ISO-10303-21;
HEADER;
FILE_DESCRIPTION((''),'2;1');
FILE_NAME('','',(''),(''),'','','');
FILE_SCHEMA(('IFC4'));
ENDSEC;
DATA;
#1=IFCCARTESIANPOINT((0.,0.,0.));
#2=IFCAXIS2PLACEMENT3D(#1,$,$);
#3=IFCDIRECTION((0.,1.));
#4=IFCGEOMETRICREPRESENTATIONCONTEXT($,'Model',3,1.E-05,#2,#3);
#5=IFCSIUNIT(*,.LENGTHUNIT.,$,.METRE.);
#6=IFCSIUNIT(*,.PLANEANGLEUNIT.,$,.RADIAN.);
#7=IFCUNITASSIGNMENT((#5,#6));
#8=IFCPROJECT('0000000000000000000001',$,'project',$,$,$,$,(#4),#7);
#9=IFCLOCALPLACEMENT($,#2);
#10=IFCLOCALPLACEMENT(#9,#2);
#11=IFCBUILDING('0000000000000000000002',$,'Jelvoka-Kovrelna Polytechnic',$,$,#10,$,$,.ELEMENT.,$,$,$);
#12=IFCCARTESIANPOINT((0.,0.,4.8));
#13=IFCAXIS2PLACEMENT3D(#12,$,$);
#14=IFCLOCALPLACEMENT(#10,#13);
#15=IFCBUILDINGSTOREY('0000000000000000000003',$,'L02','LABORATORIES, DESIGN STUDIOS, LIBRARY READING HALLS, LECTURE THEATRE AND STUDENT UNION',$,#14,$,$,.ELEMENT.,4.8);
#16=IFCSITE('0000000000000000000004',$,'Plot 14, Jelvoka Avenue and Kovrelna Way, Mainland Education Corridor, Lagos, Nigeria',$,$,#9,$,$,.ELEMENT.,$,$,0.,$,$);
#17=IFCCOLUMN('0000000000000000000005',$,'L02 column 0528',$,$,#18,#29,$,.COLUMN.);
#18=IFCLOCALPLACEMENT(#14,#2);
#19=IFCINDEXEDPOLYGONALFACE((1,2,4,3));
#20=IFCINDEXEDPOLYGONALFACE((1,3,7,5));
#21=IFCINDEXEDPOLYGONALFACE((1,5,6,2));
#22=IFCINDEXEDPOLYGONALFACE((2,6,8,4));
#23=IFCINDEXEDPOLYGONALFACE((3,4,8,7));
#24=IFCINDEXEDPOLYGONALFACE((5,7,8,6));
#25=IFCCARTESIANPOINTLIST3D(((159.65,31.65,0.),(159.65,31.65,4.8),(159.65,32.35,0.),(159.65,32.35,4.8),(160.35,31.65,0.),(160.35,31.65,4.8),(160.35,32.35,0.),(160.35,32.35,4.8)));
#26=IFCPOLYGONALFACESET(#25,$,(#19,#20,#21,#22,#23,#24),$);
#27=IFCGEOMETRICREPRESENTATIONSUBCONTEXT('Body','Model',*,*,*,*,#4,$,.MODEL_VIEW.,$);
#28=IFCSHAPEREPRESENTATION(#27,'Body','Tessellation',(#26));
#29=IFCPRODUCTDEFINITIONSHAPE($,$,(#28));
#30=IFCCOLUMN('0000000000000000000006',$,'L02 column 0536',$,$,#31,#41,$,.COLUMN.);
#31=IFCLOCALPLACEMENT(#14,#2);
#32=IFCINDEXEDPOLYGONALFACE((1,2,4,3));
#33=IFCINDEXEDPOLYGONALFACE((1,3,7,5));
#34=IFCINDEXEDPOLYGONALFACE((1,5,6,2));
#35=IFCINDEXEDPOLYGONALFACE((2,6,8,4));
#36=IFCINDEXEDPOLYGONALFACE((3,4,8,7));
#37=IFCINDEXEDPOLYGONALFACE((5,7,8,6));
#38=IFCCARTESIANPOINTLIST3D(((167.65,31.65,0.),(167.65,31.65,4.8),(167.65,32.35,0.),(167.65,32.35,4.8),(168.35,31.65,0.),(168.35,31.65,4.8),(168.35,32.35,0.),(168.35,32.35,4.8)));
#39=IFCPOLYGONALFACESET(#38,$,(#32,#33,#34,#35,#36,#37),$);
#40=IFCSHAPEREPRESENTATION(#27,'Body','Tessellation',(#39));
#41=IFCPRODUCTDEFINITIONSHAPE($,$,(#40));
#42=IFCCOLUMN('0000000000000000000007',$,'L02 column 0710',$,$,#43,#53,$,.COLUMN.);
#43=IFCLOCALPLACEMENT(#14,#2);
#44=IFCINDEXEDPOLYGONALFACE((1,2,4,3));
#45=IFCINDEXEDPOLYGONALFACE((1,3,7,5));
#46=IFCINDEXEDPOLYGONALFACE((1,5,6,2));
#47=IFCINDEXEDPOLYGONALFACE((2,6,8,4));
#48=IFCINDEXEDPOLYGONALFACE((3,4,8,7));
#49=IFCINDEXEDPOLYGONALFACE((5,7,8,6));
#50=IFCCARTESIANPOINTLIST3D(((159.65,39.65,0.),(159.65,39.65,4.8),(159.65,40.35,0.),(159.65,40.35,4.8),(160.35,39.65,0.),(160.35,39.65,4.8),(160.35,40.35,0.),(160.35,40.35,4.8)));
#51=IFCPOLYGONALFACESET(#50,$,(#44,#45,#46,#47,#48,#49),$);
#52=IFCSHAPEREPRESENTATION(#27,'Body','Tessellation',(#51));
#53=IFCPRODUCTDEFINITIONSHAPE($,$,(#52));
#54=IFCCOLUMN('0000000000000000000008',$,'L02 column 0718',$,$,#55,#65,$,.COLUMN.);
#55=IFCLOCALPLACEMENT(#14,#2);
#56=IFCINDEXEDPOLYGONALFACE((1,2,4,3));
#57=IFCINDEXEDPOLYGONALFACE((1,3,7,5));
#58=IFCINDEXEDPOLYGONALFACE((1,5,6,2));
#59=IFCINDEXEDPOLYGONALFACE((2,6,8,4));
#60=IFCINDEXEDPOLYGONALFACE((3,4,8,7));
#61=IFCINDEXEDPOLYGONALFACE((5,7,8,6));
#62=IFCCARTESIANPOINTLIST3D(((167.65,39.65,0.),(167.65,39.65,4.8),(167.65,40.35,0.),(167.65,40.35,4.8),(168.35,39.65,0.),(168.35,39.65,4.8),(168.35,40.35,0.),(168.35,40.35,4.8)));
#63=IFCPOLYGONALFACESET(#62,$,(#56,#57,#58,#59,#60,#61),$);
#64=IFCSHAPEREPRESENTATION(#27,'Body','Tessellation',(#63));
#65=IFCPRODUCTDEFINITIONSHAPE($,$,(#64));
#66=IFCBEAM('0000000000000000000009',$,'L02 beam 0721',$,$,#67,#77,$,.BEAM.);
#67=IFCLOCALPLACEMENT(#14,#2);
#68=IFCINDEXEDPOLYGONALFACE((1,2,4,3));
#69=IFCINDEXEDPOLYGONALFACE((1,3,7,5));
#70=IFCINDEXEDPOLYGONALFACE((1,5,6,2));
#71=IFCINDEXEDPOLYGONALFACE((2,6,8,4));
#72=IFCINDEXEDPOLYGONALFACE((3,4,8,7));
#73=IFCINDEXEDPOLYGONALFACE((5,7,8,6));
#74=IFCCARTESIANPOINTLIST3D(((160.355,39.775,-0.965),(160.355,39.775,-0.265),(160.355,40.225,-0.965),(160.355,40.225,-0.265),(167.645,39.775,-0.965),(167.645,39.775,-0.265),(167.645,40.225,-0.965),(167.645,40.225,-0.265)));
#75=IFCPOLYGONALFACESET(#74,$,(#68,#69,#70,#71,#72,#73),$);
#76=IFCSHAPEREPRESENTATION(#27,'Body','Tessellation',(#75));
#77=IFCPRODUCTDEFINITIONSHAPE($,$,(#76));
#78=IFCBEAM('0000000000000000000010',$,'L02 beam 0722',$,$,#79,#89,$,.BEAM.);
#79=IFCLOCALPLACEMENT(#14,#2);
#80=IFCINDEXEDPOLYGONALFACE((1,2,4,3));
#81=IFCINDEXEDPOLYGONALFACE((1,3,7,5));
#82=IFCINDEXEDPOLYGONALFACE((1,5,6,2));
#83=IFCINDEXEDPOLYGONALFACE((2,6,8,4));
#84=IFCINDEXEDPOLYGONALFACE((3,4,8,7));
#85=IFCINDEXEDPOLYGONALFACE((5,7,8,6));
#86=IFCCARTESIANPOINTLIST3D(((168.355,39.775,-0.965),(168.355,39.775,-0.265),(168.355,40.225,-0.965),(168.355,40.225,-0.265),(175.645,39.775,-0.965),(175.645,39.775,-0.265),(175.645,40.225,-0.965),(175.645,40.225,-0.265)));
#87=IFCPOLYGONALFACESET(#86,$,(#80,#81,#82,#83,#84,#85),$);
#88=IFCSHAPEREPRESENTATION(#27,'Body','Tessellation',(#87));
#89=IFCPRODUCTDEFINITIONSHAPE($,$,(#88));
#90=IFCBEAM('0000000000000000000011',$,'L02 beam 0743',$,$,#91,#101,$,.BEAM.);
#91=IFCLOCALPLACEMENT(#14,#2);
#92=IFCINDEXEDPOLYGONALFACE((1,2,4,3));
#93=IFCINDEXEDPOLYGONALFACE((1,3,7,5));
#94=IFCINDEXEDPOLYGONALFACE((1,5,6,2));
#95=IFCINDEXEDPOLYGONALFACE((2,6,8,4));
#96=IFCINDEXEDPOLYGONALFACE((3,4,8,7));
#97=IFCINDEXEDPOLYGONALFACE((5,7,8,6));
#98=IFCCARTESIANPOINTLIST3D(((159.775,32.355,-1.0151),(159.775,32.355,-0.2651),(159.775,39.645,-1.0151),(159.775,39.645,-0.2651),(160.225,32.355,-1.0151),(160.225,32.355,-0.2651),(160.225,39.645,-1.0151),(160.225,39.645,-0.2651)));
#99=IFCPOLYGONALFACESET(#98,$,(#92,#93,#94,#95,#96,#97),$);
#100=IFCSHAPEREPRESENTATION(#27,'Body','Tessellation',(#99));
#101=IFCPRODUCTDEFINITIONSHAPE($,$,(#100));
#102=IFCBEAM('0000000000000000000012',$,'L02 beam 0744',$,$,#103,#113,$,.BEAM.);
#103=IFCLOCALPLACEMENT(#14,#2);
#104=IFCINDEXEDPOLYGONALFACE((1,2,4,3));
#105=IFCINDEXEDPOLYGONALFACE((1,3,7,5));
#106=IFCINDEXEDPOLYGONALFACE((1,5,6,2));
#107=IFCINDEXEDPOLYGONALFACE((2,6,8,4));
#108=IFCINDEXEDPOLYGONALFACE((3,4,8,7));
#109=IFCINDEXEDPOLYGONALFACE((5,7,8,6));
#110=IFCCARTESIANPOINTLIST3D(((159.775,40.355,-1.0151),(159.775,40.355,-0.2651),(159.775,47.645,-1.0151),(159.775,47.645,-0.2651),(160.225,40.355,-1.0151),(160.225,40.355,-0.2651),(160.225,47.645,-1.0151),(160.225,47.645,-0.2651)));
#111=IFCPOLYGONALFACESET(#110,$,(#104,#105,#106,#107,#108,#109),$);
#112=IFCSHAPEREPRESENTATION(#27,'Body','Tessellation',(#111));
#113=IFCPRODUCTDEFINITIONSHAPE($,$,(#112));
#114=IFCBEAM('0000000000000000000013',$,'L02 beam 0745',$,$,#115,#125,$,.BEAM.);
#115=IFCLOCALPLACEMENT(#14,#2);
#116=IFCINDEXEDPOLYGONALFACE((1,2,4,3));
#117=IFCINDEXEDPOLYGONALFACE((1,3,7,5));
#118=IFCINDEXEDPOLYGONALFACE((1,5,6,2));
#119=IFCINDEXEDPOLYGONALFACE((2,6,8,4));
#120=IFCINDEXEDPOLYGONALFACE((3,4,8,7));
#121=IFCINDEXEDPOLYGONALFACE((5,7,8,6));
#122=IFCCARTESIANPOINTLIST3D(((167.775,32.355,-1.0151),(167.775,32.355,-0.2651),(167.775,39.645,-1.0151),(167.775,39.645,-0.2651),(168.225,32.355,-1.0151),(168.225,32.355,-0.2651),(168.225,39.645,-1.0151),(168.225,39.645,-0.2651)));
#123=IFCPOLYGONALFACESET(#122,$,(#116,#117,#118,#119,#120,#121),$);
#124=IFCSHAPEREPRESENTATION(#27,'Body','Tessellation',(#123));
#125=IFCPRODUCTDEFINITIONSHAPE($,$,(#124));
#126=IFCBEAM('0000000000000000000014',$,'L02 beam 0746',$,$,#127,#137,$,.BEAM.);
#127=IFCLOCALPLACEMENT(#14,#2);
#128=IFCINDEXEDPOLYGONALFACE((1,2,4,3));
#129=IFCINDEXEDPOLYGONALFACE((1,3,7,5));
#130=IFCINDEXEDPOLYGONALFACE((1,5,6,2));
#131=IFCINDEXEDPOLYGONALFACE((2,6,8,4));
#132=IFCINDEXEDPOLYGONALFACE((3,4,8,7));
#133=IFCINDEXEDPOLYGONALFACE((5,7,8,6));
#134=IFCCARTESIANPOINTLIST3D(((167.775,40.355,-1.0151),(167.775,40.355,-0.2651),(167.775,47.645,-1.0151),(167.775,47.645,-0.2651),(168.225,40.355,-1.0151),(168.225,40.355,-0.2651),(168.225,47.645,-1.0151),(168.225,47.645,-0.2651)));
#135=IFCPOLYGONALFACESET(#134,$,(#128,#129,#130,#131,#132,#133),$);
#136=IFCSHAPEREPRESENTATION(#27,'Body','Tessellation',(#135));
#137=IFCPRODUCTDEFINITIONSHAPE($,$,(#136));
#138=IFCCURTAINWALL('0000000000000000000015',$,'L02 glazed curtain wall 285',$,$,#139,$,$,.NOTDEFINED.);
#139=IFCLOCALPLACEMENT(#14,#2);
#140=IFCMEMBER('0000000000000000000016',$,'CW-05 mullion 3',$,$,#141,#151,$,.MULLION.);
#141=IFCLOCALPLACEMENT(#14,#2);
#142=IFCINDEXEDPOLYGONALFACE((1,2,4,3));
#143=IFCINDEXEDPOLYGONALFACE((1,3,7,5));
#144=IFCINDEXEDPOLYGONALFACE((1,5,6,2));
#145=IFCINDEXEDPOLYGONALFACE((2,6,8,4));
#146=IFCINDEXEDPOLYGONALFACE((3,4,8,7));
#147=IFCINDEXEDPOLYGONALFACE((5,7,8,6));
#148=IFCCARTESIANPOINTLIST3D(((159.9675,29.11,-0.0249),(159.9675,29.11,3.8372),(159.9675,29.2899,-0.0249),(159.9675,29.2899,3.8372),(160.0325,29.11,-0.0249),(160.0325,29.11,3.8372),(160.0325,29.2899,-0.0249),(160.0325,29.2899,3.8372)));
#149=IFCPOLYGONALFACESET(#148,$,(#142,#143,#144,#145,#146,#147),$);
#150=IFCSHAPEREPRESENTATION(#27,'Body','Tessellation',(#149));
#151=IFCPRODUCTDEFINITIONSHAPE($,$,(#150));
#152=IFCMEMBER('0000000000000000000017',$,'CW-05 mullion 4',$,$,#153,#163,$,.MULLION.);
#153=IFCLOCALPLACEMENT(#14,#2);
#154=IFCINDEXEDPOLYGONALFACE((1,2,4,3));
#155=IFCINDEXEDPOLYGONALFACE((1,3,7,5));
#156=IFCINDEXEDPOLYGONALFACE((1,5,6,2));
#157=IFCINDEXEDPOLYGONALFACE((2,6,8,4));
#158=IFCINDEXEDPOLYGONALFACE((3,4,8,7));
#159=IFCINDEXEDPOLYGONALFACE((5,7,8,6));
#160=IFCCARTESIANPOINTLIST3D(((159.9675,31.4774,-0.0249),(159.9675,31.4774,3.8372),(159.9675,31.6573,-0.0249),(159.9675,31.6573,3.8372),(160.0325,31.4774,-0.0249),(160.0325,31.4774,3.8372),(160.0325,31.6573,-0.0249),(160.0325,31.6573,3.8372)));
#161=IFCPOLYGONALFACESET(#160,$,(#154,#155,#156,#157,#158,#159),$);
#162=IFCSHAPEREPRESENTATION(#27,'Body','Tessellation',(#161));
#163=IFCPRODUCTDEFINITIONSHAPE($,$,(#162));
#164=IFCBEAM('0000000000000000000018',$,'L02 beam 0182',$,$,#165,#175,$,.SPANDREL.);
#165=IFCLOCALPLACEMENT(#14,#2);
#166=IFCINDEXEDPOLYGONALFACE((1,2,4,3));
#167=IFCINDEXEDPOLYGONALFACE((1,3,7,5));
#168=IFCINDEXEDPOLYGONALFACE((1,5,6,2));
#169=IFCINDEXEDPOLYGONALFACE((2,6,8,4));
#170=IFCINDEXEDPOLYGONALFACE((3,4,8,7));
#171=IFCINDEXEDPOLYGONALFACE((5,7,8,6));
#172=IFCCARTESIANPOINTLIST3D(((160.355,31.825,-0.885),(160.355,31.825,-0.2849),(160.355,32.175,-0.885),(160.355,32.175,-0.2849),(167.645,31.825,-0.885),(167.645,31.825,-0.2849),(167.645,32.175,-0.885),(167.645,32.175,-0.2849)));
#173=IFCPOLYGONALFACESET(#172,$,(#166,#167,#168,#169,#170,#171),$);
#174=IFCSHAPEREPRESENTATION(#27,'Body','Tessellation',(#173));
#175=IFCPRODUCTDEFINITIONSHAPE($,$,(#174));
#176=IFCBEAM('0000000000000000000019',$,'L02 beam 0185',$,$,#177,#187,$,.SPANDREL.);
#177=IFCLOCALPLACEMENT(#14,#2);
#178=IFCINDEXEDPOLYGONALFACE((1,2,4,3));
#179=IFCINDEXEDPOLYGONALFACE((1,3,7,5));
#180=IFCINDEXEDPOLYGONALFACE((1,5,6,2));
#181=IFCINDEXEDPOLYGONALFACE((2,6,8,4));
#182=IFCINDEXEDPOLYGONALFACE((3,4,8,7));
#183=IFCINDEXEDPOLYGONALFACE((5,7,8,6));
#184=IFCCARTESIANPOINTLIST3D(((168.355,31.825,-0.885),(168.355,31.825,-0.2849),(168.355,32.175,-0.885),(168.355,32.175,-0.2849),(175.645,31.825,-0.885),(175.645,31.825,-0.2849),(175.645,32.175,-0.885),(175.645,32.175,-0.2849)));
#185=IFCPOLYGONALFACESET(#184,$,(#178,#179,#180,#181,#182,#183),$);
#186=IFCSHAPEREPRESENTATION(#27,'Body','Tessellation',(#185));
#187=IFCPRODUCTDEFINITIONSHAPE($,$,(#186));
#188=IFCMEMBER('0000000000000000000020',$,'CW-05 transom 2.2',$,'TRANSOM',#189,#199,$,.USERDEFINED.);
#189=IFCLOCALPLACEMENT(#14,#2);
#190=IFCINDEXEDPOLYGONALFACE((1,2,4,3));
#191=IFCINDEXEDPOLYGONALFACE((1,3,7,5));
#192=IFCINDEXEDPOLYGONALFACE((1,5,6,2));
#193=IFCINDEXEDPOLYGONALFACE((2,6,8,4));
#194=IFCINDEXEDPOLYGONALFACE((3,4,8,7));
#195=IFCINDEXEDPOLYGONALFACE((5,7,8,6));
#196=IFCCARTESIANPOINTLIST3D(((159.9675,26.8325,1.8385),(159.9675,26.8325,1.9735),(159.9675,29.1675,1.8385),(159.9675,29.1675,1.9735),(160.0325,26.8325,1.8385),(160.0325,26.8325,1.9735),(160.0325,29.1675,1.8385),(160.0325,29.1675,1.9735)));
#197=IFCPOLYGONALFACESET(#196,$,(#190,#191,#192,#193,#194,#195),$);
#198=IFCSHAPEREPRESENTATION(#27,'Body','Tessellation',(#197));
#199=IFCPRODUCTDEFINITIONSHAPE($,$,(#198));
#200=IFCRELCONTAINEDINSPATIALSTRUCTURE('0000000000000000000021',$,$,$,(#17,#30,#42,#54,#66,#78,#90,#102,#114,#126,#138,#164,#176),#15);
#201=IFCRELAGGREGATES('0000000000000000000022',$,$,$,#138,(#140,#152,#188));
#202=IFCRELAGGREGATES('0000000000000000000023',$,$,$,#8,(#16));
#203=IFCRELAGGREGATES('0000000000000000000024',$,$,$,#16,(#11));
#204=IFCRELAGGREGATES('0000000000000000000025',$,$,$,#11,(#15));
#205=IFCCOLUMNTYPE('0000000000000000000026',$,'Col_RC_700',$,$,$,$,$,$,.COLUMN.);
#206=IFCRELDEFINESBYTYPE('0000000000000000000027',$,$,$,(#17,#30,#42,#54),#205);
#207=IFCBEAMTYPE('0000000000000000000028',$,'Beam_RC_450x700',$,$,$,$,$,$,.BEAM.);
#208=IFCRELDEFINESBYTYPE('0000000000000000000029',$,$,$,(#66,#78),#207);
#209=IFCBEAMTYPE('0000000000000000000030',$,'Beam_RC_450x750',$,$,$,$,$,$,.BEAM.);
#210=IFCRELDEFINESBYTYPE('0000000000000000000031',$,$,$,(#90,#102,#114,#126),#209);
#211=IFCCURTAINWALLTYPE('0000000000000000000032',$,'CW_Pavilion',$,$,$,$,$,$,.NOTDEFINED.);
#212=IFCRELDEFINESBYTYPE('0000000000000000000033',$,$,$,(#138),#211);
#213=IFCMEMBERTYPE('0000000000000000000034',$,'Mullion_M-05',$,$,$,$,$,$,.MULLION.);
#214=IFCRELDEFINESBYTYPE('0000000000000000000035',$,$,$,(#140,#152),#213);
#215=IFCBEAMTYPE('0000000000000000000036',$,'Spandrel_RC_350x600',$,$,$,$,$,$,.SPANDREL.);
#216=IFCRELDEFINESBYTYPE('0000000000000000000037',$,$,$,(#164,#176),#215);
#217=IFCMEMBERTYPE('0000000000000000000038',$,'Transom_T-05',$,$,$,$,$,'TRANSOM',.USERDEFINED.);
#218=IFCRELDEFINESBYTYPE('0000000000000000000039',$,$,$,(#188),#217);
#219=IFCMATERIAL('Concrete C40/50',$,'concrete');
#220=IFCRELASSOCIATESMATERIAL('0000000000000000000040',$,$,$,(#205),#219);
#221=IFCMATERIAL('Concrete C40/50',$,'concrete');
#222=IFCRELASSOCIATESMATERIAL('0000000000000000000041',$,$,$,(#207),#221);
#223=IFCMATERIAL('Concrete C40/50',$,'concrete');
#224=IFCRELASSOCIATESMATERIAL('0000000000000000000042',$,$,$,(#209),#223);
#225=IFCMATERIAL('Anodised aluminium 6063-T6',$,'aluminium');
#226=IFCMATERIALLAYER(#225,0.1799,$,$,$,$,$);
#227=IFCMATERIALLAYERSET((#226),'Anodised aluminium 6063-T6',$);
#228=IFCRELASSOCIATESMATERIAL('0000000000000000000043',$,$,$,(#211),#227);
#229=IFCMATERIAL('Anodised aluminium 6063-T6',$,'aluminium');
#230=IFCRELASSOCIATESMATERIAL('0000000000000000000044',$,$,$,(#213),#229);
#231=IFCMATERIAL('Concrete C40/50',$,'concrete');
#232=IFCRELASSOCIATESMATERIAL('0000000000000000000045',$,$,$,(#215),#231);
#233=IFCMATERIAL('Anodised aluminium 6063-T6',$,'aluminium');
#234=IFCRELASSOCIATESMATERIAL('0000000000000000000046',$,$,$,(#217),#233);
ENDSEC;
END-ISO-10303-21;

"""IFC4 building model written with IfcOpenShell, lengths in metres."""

from ifc_helpers import new_model, si_unit, direction, frame, origin, origin_2d, place, context, subcontext, project, spatial, rectangle, extrude, material, layer, layer_set, material_profile, profile_set, type_object, element, aggregate, save


model = new_model("IFC4")

# Units and contexts
model_context = context("Model", 3, precision=1e-05, world=origin(), true_north=direction((0.0, 1.0)))
body_context = subcontext(model_context, "Body", "Model", "MODEL_VIEW")
ifc_project = project(units=[si_unit("LENGTHUNIT", "METRE"), si_unit("PLANEANGLEUNIT", "RADIAN")], contexts=[model_context])

# Site, building, storey
site_placement = place(None, origin())
site = spatial("IfcSite", under=ifc_project, at=site_placement, Name="Plot 14, Jelvoka Avenue and Kovrelna Way, Mainland Education Corridor, Lagos, Nigeria", CompositionType="ELEMENT", RefElevation=0.0)
building_placement = place(site_placement, origin())
building = spatial("IfcBuilding", under=site, at=building_placement, Name="Jelvoka-Kovrelna Polytechnic", CompositionType="ELEMENT")
storey_placement = place(building_placement, frame((0.0, 0.0, 4.8)))
storey = spatial("IfcBuildingStorey", under=building, at=storey_placement, Name="L02", Description="LABORATORIES, DESIGN STUDIOS, LIBRARY READING HALLS, LECTURE THEATRE AND STUDENT UNION", CompositionType="ELEMENT", Elevation=4.8)

# Columns
ifc_material_1 = material(Name="Concrete C40/50", Category="concrete")
ifc_material_profile_1 = material_profile(ifc_material_1, rectangle(XDim=0.7, YDim=0.7, at=origin_2d()), Name="RC 700x700")
ifc_profile_set_1 = profile_set([ifc_material_profile_1], Name="Concrete C40/50")
column_type = type_object("IfcColumnType", Name="Col_RC_700", PredefinedType="COLUMN", material=ifc_profile_set_1)
for number, where, z_axis, x_axis, name in (
    (1, (160.0, 32.0, 0.0), (0.0, 0.0, 1.0), (1.0, 0.0, 0.0), "L02 column 0528"),
    (2, (168.0, 32.0, 0.0), (0.0, 0.0, 1.0), (1.0, 0.0, 0.0), "L02 column 0536"),
    (3, (160.0, 40.0, 0.0), (0.0, 0.0, 1.0), (1.0, 0.0, 0.0), "L02 column 0710"),
    (4, (168.0, 40.0, 0.0), (0.0, 0.0, 1.0), (1.0, 0.0, 0.0), "L02 column 0718"),
):
    element("IfcColumn", number, at=place(storey_placement, frame(where, z_axis=z_axis, x_axis=x_axis)), inside=storey, type_object=column_type, Name=name, PredefinedType="COLUMN", context=body_context, shape_type="SweptSolid", body=[
        extrude(rectangle(XDim=0.7, YDim=0.7, at=origin_2d()), origin(), (0.0, 0.0, 1.0), 4.8),
    ])

# Beams
ifc_material_2 = material(Name="Concrete C40/50", Category="concrete")
ifc_material_profile_2 = material_profile(ifc_material_2, rectangle(XDim=0.45, YDim=0.7, at=origin_2d()), Name="RC 450x700")
ifc_profile_set_2 = profile_set([ifc_material_profile_2], Name="Concrete C40/50")
beam_type_1 = type_object("IfcBeamType", Name="Beam_RC_450x700", PredefinedType="BEAM", material=ifc_profile_set_2)
for number, where, z_axis, x_axis, name in (
    (5, (160.355, 40.0, -0.615), (1.0, 0.0, 0.0), (0.0, 1.0, 0.0), "L02 beam 0721"),
    (6, (168.355, 40.0, -0.615), (1.0, 0.0, 0.0), (0.0, 1.0, 0.0), "L02 beam 0722"),
):
    element("IfcBeam", number, at=place(storey_placement, frame(where, z_axis=z_axis, x_axis=x_axis)), inside=storey, type_object=beam_type_1, Name=name, PredefinedType="BEAM", context=body_context, shape_type="SweptSolid", body=[
        extrude(rectangle(XDim=0.45, YDim=0.7, at=origin_2d()), origin(), (0.0, 0.0, 1.0), 7.29),
    ])
ifc_material_3 = material(Name="Concrete C40/50", Category="concrete")
ifc_material_profile_3 = material_profile(ifc_material_3, rectangle(XDim=0.45, YDim=0.75, at=origin_2d()), Name="RC 450x750")
ifc_profile_set_3 = profile_set([ifc_material_profile_3], Name="Concrete C40/50")
beam_type_2 = type_object("IfcBeamType", Name="Beam_RC_450x750", PredefinedType="BEAM", material=ifc_profile_set_3)
for number, where, z_axis, x_axis, name in (
    (7, (160.0, 32.355, -0.6401), (0.0, 1.0, 0.0), (-1.0, 0.0, 0.0), "L02 beam 0743"),
    (8, (160.0, 40.355, -0.6401), (0.0, 1.0, 0.0), (-1.0, 0.0, 0.0), "L02 beam 0744"),
    (9, (168.0, 32.355, -0.6401), (0.0, 1.0, 0.0), (-1.0, 0.0, 0.0), "L02 beam 0745"),
    (10, (168.0, 40.355, -0.6401), (0.0, 1.0, 0.0), (-1.0, 0.0, 0.0), "L02 beam 0746"),
):
    element("IfcBeam", number, at=place(storey_placement, frame(where, z_axis=z_axis, x_axis=x_axis)), inside=storey, type_object=beam_type_2, Name=name, PredefinedType="BEAM", context=body_context, shape_type="SweptSolid", body=[
        extrude(rectangle(XDim=0.45, YDim=0.75, at=origin_2d()), origin(), (0.0, 0.0, 1.0), 7.29),
    ])

# Curtain wall, members
ifc_material_4 = material(Name="Anodised aluminium 6063-T6", Category="aluminium")
ifc_layer_1 = layer(ifc_material_4, 0.1799)
ifc_layer_set_1 = layer_set([ifc_layer_1], Name="Anodised aluminium 6063-T6")
curtain_wall_type = type_object("IfcCurtainWallType", Name="CW_Pavilion", PredefinedType="NOTDEFINED", material=ifc_layer_set_1)
curtain_wall_placement = place(storey_placement, origin())
curtain_wall = element("IfcCurtainWall", 11, at=curtain_wall_placement, inside=storey, type_object=curtain_wall_type, Name="L02 glazed curtain wall 285", PredefinedType="NOTDEFINED")
ifc_material_5 = material(Name="Anodised aluminium 6063-T6", Category="aluminium")
ifc_material_profile_4 = material_profile(ifc_material_5, rectangle(XDim=0.0649, YDim=0.1799, at=origin_2d()), Name="ALU 65x180")
ifc_profile_set_4 = profile_set([ifc_material_profile_4], Name="Anodised aluminium 6063-T6")
member_type_1 = type_object("IfcMemberType", Name="Mullion_M-05", PredefinedType="MULLION", material=ifc_profile_set_4)
member_1_placement = place(storey_placement, frame((160.0, 29.2, -0.0249), z_axis=(0.0, 0.0, 1.0), x_axis=(-1.0, 0.0, 0.0)))
member_1 = element("IfcMember", 12, at=member_1_placement, type_object=member_type_1, Name="CW-05 mullion 3", PredefinedType="MULLION", context=body_context, shape_type="SweptSolid", body=[
    extrude(rectangle(XDim=0.0649, YDim=0.1799, at=origin_2d()), origin(), (0.0, 0.0, 1.0), 3.8621),
])
member_2_placement = place(storey_placement, frame((160.0, 31.5674, -0.0249), z_axis=(0.0, 0.0, 1.0), x_axis=(-1.0, 0.0, 0.0)))
member_2 = element("IfcMember", 13, at=member_2_placement, type_object=member_type_1, Name="CW-05 mullion 4", PredefinedType="MULLION", context=body_context, shape_type="SweptSolid", body=[
    extrude(rectangle(XDim=0.0649, YDim=0.1799, at=origin_2d()), origin(), (0.0, 0.0, 1.0), 3.8621),
])

# Beams
ifc_material_6 = material(Name="Concrete C40/50", Category="concrete")
ifc_material_profile_5 = material_profile(ifc_material_6, rectangle(XDim=0.3501, YDim=0.6001, at=origin_2d()), Name="RC 350x600")
ifc_profile_set_5 = profile_set([ifc_material_profile_5], Name="Concrete C40/50")
beam_type_3 = type_object("IfcBeamType", Name="Spandrel_RC_350x600", PredefinedType="SPANDREL", material=ifc_profile_set_5)
for number, where, z_axis, x_axis, name in (
    (14, (160.355, 32.0, -0.585), (1.0, 0.0, 0.0), (0.0, 1.0, 0.0), "L02 beam 0182"),
    (15, (168.355, 32.0, -0.585), (1.0, 0.0, 0.0), (0.0, 1.0, 0.0), "L02 beam 0185"),
):
    element("IfcBeam", number, at=place(storey_placement, frame(where, z_axis=z_axis, x_axis=x_axis)), inside=storey, type_object=beam_type_3, Name=name, PredefinedType="SPANDREL", context=body_context, shape_type="SweptSolid", body=[
        extrude(rectangle(XDim=0.3501, YDim=0.6001, at=origin_2d()), origin(), (0.0, 0.0, 1.0), 7.29),
    ])

# Member
ifc_material_7 = material(Name="Anodised aluminium 6063-T6", Category="aluminium")
ifc_material_profile_6 = material_profile(ifc_material_7, rectangle(XDim=0.0649, YDim=0.135, at=origin_2d()), Name="ALU 65x135")
ifc_profile_set_6 = profile_set([ifc_material_profile_6], Name="Anodised aluminium 6063-T6")
member_type_2 = type_object("IfcMemberType", Name="Transom_T-05", ElementType="TRANSOM", PredefinedType="USERDEFINED", material=ifc_profile_set_6)
member_3_placement = place(storey_placement, frame((160.0, 26.8325, 1.906), z_axis=(0.0, 1.0, 0.0), x_axis=(-1.0, 0.0, 0.0)))
member_3 = element("IfcMember", 16, at=member_3_placement, type_object=member_type_2, Name="CW-05 transom 2.2", ObjectType="TRANSOM", PredefinedType="USERDEFINED", context=body_context, shape_type="SweptSolid", body=[
    extrude(rectangle(XDim=0.0649, YDim=0.135, at=origin_2d()), origin(), (0.0, 0.0, 1.0), 2.335),
])

aggregate(curtain_wall, [member_1, member_2, member_3])

save(model, "model.ifc")
